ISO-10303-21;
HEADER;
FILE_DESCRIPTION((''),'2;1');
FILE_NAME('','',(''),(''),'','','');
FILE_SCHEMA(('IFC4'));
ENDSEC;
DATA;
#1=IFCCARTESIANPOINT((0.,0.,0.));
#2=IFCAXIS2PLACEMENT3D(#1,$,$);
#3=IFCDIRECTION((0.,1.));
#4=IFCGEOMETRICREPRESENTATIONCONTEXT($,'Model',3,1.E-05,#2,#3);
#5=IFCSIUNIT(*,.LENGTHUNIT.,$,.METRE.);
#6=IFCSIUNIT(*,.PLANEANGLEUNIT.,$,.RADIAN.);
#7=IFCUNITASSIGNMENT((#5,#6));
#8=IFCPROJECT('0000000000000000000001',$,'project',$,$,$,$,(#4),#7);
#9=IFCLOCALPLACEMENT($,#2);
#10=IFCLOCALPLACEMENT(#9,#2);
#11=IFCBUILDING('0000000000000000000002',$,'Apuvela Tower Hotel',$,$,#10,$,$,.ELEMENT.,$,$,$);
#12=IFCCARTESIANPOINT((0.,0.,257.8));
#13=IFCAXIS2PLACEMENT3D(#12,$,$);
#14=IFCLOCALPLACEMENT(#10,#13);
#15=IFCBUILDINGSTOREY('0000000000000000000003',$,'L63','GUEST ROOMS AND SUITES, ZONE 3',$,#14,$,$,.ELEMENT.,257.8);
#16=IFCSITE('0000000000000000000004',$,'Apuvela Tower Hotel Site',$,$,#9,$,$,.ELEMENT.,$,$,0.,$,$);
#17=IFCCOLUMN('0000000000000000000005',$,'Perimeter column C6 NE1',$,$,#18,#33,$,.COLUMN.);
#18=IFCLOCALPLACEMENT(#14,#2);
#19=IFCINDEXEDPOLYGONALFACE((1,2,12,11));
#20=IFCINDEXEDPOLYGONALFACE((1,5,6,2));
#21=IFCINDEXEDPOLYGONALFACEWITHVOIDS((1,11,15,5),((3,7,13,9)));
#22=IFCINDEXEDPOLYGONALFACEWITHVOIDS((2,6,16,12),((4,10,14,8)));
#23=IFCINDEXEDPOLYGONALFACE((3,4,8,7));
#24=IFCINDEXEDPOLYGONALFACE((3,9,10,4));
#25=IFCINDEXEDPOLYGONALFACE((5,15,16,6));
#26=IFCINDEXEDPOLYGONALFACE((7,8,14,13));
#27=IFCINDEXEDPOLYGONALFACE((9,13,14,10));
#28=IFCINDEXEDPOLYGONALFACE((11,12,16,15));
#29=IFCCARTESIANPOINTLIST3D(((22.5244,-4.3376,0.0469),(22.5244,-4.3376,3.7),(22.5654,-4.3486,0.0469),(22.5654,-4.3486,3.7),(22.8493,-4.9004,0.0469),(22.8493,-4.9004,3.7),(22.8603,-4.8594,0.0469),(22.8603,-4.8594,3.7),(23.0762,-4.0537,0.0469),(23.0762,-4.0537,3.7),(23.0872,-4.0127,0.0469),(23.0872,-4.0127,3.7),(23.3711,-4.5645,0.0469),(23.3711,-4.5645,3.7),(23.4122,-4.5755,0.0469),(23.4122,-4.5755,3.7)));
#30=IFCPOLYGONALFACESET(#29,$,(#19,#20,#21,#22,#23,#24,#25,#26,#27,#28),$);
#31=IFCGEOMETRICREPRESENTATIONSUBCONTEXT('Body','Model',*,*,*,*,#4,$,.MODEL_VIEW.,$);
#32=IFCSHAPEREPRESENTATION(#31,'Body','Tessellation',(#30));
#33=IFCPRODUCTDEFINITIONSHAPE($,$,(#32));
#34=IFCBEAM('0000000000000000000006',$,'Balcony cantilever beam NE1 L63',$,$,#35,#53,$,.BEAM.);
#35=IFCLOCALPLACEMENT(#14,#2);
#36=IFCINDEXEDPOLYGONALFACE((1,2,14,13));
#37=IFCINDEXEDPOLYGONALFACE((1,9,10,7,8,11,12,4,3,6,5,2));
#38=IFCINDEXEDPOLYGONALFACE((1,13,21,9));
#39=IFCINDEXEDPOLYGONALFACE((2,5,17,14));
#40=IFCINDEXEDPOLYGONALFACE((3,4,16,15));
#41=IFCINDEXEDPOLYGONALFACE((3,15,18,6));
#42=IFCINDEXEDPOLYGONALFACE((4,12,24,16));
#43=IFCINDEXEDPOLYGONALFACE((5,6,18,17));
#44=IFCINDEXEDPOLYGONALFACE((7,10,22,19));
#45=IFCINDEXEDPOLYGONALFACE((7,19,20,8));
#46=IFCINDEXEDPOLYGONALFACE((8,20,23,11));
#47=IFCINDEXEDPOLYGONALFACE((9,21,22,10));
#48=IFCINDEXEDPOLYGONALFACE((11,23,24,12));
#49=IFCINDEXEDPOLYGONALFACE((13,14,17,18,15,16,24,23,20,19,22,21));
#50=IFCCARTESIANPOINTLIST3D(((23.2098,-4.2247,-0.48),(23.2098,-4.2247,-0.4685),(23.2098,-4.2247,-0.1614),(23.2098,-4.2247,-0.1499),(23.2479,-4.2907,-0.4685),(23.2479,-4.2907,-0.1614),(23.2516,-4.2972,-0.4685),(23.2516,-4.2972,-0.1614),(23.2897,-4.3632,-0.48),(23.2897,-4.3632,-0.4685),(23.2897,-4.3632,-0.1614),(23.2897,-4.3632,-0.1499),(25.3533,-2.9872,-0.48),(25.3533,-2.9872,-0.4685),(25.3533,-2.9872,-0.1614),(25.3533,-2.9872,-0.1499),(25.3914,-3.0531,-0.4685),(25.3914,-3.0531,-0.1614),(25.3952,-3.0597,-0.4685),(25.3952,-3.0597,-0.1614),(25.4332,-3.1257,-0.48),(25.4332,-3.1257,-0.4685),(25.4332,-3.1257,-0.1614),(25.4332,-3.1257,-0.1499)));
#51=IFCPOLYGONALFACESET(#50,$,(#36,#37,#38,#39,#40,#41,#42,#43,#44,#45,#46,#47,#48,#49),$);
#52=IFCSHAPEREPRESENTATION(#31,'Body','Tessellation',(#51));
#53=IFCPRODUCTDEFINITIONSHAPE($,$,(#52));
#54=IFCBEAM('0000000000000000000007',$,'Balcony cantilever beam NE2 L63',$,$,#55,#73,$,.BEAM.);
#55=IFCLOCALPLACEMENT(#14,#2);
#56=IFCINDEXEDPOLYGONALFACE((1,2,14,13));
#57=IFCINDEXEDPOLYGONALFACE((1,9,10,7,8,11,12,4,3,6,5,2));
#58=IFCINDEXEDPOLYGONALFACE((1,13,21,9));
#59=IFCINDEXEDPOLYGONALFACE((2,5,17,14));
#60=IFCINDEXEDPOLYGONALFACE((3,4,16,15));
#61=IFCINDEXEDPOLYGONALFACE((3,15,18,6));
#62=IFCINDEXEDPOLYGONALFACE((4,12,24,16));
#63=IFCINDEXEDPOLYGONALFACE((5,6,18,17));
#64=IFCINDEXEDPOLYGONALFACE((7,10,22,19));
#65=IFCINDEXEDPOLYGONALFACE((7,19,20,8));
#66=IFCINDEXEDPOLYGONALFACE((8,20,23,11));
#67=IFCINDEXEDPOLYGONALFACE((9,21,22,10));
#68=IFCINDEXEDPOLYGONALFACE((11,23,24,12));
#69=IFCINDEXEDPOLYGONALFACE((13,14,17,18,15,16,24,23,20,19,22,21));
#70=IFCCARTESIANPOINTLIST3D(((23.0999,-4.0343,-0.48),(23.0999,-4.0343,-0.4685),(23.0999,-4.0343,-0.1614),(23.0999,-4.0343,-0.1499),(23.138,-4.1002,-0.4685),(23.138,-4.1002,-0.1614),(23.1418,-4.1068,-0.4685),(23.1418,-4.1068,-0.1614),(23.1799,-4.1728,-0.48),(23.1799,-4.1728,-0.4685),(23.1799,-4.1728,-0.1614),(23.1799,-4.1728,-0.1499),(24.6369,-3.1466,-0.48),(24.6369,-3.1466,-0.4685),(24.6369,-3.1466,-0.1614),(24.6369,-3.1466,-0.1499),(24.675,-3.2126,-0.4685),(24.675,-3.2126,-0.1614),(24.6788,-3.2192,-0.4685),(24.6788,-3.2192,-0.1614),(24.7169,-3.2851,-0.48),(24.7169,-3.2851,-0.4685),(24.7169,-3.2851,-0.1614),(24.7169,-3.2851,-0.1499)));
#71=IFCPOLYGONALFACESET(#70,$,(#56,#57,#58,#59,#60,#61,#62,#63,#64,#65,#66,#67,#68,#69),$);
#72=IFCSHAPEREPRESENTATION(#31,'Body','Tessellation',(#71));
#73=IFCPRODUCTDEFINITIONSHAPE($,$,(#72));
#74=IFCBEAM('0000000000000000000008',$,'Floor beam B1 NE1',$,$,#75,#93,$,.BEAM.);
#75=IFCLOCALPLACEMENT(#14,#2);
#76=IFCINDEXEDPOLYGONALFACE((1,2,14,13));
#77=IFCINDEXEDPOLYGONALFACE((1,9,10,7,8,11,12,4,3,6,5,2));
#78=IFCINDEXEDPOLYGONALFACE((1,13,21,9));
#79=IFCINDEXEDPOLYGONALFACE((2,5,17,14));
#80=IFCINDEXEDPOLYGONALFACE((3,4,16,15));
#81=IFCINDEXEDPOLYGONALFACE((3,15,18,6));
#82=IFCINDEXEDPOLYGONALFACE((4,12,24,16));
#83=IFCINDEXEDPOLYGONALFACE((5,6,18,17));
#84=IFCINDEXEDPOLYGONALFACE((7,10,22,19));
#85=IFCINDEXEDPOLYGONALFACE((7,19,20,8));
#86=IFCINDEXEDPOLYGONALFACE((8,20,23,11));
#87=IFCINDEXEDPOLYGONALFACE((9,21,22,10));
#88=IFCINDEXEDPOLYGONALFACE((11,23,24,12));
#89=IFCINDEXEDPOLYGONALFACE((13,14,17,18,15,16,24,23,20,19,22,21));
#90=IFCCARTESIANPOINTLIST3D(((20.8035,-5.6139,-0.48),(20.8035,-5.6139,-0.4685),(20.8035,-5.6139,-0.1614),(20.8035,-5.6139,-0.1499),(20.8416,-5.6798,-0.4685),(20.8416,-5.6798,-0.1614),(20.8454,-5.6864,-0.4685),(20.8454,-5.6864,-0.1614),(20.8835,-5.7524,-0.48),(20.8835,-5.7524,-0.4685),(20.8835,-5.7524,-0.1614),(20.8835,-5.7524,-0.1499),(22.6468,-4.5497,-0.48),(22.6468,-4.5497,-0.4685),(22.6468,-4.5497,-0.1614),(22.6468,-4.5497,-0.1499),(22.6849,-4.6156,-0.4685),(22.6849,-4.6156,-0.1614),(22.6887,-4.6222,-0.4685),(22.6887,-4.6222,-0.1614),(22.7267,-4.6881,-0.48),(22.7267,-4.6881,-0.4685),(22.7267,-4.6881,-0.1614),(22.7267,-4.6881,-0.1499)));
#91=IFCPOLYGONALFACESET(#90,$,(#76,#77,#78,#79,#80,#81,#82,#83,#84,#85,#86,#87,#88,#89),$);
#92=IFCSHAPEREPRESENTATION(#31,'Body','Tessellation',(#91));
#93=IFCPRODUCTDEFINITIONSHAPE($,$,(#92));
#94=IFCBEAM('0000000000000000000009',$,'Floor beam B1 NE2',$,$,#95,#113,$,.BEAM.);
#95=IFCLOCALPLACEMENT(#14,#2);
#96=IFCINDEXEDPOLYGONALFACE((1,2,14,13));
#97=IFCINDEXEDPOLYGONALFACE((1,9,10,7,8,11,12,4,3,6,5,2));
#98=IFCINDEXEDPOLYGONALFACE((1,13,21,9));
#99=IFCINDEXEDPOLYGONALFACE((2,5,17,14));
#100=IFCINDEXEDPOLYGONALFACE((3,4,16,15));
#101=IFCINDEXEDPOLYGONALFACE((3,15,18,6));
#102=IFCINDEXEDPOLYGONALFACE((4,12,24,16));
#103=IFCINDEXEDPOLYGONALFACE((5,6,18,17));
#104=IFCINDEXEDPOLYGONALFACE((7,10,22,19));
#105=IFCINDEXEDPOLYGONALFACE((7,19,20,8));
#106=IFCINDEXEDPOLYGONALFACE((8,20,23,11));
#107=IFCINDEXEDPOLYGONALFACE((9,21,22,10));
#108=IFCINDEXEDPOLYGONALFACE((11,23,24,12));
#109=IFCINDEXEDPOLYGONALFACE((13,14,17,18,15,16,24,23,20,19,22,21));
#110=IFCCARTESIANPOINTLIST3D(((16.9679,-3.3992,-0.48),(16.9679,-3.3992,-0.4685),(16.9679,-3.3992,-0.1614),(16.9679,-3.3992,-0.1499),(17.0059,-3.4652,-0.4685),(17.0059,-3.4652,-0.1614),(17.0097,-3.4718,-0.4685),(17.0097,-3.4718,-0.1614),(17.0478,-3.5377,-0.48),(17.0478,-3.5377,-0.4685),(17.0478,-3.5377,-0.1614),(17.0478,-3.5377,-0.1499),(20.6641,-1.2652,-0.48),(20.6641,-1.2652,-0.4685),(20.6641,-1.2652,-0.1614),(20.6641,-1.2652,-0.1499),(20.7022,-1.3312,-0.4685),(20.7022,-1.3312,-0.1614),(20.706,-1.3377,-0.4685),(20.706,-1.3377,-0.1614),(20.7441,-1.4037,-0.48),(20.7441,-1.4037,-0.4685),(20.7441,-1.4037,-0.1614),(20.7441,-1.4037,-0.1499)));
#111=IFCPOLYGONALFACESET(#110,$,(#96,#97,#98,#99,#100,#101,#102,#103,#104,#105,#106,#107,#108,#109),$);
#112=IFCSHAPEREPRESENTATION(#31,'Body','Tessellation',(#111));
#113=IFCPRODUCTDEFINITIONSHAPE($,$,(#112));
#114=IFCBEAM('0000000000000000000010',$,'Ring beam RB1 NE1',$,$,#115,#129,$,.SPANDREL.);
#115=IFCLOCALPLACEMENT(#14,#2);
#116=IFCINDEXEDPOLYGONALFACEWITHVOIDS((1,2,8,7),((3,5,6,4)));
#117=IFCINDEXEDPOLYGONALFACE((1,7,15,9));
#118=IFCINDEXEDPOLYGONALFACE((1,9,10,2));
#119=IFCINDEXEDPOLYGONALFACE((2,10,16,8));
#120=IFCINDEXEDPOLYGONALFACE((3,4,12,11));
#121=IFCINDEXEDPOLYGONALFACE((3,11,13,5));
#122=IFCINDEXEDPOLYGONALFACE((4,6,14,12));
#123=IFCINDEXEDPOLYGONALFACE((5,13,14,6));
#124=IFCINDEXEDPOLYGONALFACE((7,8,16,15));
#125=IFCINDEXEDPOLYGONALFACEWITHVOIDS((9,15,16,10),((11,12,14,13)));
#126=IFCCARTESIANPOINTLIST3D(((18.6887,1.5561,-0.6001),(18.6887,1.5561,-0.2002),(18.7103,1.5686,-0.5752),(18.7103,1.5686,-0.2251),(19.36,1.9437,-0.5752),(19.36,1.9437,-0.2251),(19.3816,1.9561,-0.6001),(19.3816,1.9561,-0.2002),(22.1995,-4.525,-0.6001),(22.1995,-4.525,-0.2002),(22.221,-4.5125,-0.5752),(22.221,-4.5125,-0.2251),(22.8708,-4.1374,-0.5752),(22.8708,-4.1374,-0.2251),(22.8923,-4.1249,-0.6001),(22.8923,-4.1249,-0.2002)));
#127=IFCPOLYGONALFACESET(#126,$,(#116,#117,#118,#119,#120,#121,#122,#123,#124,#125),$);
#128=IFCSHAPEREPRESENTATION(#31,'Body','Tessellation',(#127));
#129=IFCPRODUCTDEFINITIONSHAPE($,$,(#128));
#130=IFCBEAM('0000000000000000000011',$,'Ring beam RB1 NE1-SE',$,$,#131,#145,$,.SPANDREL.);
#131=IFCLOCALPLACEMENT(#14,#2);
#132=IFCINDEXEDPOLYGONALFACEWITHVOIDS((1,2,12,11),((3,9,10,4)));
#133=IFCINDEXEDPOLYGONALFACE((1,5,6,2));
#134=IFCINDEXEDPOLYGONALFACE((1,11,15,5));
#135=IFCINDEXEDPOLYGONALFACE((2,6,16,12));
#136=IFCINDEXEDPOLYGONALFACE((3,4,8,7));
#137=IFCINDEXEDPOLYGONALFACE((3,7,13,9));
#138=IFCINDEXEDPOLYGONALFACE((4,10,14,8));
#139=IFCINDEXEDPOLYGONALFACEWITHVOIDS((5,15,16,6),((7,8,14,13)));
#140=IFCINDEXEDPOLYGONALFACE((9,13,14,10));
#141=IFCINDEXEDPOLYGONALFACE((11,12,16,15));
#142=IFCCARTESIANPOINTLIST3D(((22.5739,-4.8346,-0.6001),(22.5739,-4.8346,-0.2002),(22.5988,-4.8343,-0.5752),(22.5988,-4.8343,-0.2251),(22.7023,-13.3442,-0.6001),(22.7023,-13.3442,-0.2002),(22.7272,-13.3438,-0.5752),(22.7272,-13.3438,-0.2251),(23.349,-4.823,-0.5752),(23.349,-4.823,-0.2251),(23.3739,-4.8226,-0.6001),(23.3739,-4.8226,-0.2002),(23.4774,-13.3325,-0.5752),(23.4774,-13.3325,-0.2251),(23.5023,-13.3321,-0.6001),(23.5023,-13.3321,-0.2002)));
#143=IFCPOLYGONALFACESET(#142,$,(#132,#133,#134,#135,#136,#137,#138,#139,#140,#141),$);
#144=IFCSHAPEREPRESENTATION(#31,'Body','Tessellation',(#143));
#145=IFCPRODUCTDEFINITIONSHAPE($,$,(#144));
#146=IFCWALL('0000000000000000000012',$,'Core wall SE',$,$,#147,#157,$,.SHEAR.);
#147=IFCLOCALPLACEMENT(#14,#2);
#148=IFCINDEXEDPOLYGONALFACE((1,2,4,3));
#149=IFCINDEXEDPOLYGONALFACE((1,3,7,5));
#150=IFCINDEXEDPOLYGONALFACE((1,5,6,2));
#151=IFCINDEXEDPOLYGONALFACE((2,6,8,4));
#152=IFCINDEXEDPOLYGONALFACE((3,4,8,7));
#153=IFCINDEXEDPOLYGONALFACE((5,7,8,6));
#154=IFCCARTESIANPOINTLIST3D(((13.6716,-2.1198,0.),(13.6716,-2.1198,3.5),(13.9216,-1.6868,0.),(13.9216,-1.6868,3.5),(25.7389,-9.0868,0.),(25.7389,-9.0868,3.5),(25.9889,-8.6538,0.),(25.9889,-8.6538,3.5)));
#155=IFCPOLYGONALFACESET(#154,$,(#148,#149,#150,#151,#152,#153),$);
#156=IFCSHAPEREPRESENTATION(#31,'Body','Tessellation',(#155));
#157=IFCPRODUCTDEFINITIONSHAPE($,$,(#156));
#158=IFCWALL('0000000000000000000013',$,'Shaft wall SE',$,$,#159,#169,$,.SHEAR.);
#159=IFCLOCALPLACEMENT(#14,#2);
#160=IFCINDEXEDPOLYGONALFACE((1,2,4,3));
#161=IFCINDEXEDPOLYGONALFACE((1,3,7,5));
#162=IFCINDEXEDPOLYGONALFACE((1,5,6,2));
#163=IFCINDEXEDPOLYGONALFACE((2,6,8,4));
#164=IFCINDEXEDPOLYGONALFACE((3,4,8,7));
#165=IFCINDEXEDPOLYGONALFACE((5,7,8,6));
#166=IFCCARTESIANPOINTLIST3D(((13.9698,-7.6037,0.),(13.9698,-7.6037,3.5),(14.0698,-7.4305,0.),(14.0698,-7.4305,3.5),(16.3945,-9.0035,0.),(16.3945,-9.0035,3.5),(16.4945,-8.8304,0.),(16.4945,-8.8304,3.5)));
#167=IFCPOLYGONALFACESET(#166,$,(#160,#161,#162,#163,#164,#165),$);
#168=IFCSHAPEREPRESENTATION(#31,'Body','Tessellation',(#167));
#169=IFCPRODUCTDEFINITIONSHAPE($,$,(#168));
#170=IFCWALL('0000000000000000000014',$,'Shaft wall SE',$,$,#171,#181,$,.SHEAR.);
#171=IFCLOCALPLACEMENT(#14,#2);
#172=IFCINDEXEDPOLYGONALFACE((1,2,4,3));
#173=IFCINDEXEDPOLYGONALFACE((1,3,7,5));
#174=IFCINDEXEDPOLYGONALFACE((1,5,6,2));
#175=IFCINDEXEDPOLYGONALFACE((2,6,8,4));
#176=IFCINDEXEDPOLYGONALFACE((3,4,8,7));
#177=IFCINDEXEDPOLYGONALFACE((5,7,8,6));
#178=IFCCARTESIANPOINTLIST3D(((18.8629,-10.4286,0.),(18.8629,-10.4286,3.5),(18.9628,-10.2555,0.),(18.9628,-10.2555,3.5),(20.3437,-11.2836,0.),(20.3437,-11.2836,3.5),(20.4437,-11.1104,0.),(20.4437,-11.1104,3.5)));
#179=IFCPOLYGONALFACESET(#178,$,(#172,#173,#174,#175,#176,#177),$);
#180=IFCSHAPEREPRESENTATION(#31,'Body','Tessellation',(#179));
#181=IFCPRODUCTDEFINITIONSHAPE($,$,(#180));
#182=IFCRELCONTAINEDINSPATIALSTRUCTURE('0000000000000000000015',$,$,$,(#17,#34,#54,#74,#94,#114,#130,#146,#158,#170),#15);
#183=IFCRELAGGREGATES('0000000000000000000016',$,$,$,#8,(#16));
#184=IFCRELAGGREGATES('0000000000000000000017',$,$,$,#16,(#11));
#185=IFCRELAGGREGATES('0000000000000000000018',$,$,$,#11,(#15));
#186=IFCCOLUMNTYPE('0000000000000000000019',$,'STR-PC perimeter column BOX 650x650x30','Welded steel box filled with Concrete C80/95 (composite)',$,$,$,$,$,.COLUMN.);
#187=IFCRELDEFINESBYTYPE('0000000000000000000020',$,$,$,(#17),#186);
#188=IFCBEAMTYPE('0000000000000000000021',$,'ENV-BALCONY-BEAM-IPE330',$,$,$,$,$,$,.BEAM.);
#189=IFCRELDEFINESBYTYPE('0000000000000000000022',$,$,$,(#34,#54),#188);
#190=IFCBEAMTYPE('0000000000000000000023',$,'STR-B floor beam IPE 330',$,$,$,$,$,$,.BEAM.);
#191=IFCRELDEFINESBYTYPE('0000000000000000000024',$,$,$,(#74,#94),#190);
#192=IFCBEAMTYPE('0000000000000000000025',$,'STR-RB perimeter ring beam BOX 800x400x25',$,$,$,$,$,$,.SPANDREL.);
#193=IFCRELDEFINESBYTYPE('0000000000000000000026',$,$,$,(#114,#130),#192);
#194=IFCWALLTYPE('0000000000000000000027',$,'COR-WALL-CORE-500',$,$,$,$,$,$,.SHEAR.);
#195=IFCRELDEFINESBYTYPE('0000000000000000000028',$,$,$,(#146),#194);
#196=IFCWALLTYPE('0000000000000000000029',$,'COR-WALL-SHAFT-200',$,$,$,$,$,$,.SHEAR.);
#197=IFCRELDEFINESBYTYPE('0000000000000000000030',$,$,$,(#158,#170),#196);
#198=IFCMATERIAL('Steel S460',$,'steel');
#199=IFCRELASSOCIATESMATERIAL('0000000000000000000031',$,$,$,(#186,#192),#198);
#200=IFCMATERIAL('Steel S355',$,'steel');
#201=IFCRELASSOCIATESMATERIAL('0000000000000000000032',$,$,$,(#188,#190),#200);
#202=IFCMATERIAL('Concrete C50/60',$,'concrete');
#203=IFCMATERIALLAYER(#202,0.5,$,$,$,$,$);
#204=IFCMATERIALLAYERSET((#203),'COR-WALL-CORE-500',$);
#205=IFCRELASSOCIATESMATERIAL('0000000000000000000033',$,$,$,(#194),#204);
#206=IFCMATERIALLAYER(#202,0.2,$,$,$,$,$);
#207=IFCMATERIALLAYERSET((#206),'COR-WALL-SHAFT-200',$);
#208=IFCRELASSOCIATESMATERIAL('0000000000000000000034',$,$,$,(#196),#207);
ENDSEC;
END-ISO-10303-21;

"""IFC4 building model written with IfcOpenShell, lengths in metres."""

from ifc_helpers import new_model, si_unit, direction, frame, frame_2d, origin, origin_2d, place, context, subcontext, project, spatial, rectangle, hollow_rectangle, i_section, extrude, boolean, halfspace, material, layer, layer_set, material_profile, profile_set, type_object, element, save


model = new_model("IFC4")

# Units and contexts
model_context = context("Model", 3, precision=1e-05, world=origin(), true_north=direction((0.0, 1.0)))
body_context = subcontext(model_context, "Body", "Model", "MODEL_VIEW")
ifc_project = project(units=[si_unit("LENGTHUNIT", "METRE"), si_unit("PLANEANGLEUNIT", "RADIAN")], contexts=[model_context])

# Site, building, storey
site_placement = place(None, origin())
site = spatial("IfcSite", under=ifc_project, at=site_placement, Name="Apuvela Tower Hotel Site", CompositionType="ELEMENT", RefElevation=0.0)
building_placement = place(site_placement, origin())
building = spatial("IfcBuilding", under=site, at=building_placement, Name="Apuvela Tower Hotel", CompositionType="ELEMENT")
storey_placement = place(building_placement, frame((0.0, 0.0, 257.8)))
storey = spatial("IfcBuildingStorey", under=building, at=storey_placement, Name="L63", Description="GUEST ROOMS AND SUITES, ZONE 3", CompositionType="ELEMENT", Elevation=257.8)

# Column
ifc_material_1 = material(Name="Steel S460", Category="steel")
ifc_material_profile_1 = material_profile(ifc_material_1, hollow_rectangle(XDim=0.6499, YDim=0.6499, WallThickness=0.03, at=origin_2d()), Name="BOX 650x650x30")
ifc_material_2 = material(Name="Concrete C80/95", Category="concrete")
ifc_material_profile_2 = material_profile(ifc_material_2, rectangle(XDim=0.5901, YDim=0.5901, at=origin_2d()), Name="Concrete C80/95 infill")
ifc_profile_set_1 = profile_set([ifc_material_profile_1, ifc_material_profile_2], Name="Steel S460")
column_type = type_object("IfcColumnType", Name="STR-PC perimeter column BOX 650x650x30", Description="Welded steel box filled with Concrete C80/95 (composite)", PredefinedType="COLUMN", material=ifc_profile_set_1)
column_placement = place(storey_placement, frame((22.9683, -4.4565, 0.0), z_axis=(0.0, 0.0, 1.0), x_axis=(-0.5, 0.866025, 0.0)))
element("IfcColumn", 1, at=column_placement, inside=storey, type_object=column_type, Name="Perimeter column C6 NE1", PredefinedType="COLUMN", context=body_context, shape_type="SweptSolid", body=[
    boolean("DIFFERENCE", extrude(hollow_rectangle(XDim=0.6499, YDim=0.6499, WallThickness=0.03, at=origin_2d()), origin(), (0.0, 0.0, 1.0), 3.7), halfspace(frame((0.0, 0.0, 0.0469), z_axis=(0.0, 0.0, 1.0), x_axis=(1.0, 0.0, 0.0)), True)),
])

# Beams
ifc_material_3 = material(Name="Steel S355", Category="steel")
ifc_material_profile_3 = material_profile(ifc_material_3, i_section(OverallWidth=0.1599, OverallDepth=0.3301, WebThickness=0.0076, FlangeThickness=0.0115, at=origin_2d()), Name="IPE 330")
ifc_profile_set_2 = profile_set([ifc_material_profile_3], Name="Steel S355")
beam_type_1 = type_object("IfcBeamType", Name="ENV-BALCONY-BEAM-IPE330", PredefinedType="BEAM", material=ifc_profile_set_2)
beam_1_placement = place(storey_placement, frame((23.2498, -4.2939, -0.3149), z_axis=(0.866031, 0.49999, 0.0), x_axis=(-0.49999, 0.866031, 0.0)))
element("IfcBeam", 2, at=beam_1_placement, inside=storey, type_object=beam_type_1, Name="Balcony cantilever beam NE1 L63", PredefinedType="BEAM", context=body_context, shape_type="SweptSolid", body=[
    extrude(i_section(OverallWidth=0.1599, OverallDepth=0.3301, WebThickness=0.0076, FlangeThickness=0.0115, at=origin_2d()), origin(), (0.0, 0.0, 1.0), 2.4751),
])
beam_2_placement = place(storey_placement, frame((23.1399, -4.1035, -0.3149), z_axis=(0.865966, 0.500103, 0.0), x_axis=(-0.500103, 0.865966, 0.0)))
element("IfcBeam", 3, at=beam_2_placement, inside=storey, type_object=beam_type_1, Name="Balcony cantilever beam NE2 L63", PredefinedType="BEAM", context=body_context, shape_type="SweptSolid", body=[
    extrude(i_section(OverallWidth=0.1599, OverallDepth=0.3301, WebThickness=0.0076, FlangeThickness=0.0115, at=origin_2d()), origin(), (0.0, 0.0, 1.0), 1.7749),
])
ifc_material_profile_4 = material_profile(ifc_material_3, i_section(OverallWidth=0.1599, OverallDepth=0.3301, WebThickness=0.0076, FlangeThickness=0.0115, at=origin_2d()), Name="IPE 330")
ifc_profile_set_3 = profile_set([ifc_material_profile_4], Name="Steel S355")
beam_type_2 = type_object("IfcBeamType", Name="STR-B floor beam IPE 330", PredefinedType="BEAM", material=ifc_profile_set_3)
beam_3_placement = place(storey_placement, frame((22.6868, -4.6189, -0.3149), z_axis=(-0.866025, -0.5, 0.0), x_axis=(0.5, -0.866025, 0.0)))
element("IfcBeam", 4, at=beam_3_placement, inside=storey, type_object=beam_type_2, Name="Floor beam B1 NE1", PredefinedType="BEAM", context=body_context, shape_type="SweptSolid", body=[
    extrude(i_section(OverallWidth=0.1599, OverallDepth=0.3301, WebThickness=0.0076, FlangeThickness=0.0115, at=origin_2d()), origin(), (0.0, 0.0, 1.0), 2.1284),
])
beam_4_placement = place(storey_placement, frame((20.7041, -1.3345, -0.3149), z_axis=(-0.866027, -0.499996, 0.0), x_axis=(0.499996, -0.866027, 0.0)))
element("IfcBeam", 5, at=beam_4_placement, inside=storey, type_object=beam_type_2, Name="Floor beam B1 NE2", PredefinedType="BEAM", context=body_context, shape_type="SweptSolid", body=[
    extrude(i_section(OverallWidth=0.1599, OverallDepth=0.3301, WebThickness=0.0076, FlangeThickness=0.0115, at=origin_2d()), origin(), (0.0, 0.0, 1.0), 4.2681),
])
ifc_material_profile_5 = material_profile(ifc_material_1, hollow_rectangle(XDim=0.8, YDim=0.3999, WallThickness=0.0249, at=origin_2d()), Name="BOX 800x400x25")
ifc_profile_set_4 = profile_set([ifc_material_profile_5], Name="Steel S460")
beam_type_3 = type_object("IfcBeamType", Name="STR-RB perimeter ring beam BOX 800x400x25", PredefinedType="SPANDREL", material=ifc_profile_set_4)
beam_5_placement = place(storey_placement, frame((22.5459, -4.325, -0.4001), z_axis=(-0.499983, 0.866035, 0.0), x_axis=(-0.866035, -0.499983, 0.0)))
element("IfcBeam", 6, at=beam_5_placement, inside=storey, type_object=beam_type_3, Name="Ring beam RB1 NE1", PredefinedType="SPANDREL", context=body_context, shape_type="SweptSolid", body=[
    extrude(hollow_rectangle(XDim=0.8, YDim=0.3999, WallThickness=0.0249, at=origin_2d()), origin(), (0.0, 0.0, 1.0), 7.0217),
])
beam_6_placement = place(storey_placement, frame((22.9739, -4.8286, -0.4001), z_axis=(0.015089, -0.999886, 0.0), x_axis=(0.999886, 0.015089, 0.0)))
element("IfcBeam", 7, at=beam_6_placement, inside=storey, type_object=beam_type_3, Name="Ring beam RB1 NE1-SE", PredefinedType="SPANDREL", context=body_context, shape_type="SweptSolid", body=[
    extrude(hollow_rectangle(XDim=0.8, YDim=0.3999, WallThickness=0.0249, at=origin_2d()), origin(), (0.0, 0.0, 1.0), 8.5105),
])

# Walls
ifc_material_4 = material(Name="Concrete C50/60", Category="concrete")
ifc_layer_1 = layer(ifc_material_4, 0.5)
ifc_layer_set_1 = layer_set([ifc_layer_1], Name="COR-WALL-CORE-500")
wall_type_1 = type_object("IfcWallType", Name="COR-WALL-CORE-500", PredefinedType="SHEAR", material=ifc_layer_set_1)
wall_1_placement = place(storey_placement, frame((13.7966, -1.9033, 0.0), z_axis=(0.0, 0.0, 1.0), x_axis=(0.866027, -0.499996, 0.0)))
element("IfcWall", 8, at=wall_1_placement, inside=storey, type_object=wall_type_1, Name="Core wall SE", PredefinedType="SHEAR", context=body_context, shape_type="SweptSolid", body=[
    extrude(rectangle(XDim=13.9341, YDim=0.5, at=frame_2d((6.967, 0.0))), origin(), (0.0, 0.0, 1.0), 3.5),
])
ifc_layer_2 = layer(ifc_material_4, 0.2)
ifc_layer_set_2 = layer_set([ifc_layer_2], Name="COR-WALL-SHAFT-200")
wall_type_2 = type_object("IfcWallType", Name="COR-WALL-SHAFT-200", PredefinedType="SHEAR", material=ifc_layer_set_2)
wall_2_placement = place(storey_placement, frame((14.0198, -7.5171, 0.0), z_axis=(0.0, 0.0, 1.0), x_axis=(0.866035, -0.499984, 0.0)))
element("IfcWall", 9, at=wall_2_placement, inside=storey, type_object=wall_type_2, Name="Shaft wall SE", PredefinedType="SHEAR", context=body_context, shape_type="SweptSolid", body=[
    extrude(rectangle(XDim=2.7998, YDim=0.2, at=frame_2d((1.3999, 0.0))), origin(), (0.0, 0.0, 1.0), 3.5),
])
wall_3_placement = place(storey_placement, frame((18.9128, -10.342, 0.0), z_axis=(0.0, 0.0, 1.0), x_axis=(0.866038, -0.499978, 0.0)))
element("IfcWall", 10, at=wall_3_placement, inside=storey, type_object=wall_type_2, Name="Shaft wall SE", PredefinedType="SHEAR", context=body_context, shape_type="SweptSolid", body=[
    extrude(rectangle(XDim=1.71, YDim=0.2, at=frame_2d((0.855, 0.0))), origin(), (0.0, 0.0, 1.0), 3.5),
])

save(model, "model.ifc")
